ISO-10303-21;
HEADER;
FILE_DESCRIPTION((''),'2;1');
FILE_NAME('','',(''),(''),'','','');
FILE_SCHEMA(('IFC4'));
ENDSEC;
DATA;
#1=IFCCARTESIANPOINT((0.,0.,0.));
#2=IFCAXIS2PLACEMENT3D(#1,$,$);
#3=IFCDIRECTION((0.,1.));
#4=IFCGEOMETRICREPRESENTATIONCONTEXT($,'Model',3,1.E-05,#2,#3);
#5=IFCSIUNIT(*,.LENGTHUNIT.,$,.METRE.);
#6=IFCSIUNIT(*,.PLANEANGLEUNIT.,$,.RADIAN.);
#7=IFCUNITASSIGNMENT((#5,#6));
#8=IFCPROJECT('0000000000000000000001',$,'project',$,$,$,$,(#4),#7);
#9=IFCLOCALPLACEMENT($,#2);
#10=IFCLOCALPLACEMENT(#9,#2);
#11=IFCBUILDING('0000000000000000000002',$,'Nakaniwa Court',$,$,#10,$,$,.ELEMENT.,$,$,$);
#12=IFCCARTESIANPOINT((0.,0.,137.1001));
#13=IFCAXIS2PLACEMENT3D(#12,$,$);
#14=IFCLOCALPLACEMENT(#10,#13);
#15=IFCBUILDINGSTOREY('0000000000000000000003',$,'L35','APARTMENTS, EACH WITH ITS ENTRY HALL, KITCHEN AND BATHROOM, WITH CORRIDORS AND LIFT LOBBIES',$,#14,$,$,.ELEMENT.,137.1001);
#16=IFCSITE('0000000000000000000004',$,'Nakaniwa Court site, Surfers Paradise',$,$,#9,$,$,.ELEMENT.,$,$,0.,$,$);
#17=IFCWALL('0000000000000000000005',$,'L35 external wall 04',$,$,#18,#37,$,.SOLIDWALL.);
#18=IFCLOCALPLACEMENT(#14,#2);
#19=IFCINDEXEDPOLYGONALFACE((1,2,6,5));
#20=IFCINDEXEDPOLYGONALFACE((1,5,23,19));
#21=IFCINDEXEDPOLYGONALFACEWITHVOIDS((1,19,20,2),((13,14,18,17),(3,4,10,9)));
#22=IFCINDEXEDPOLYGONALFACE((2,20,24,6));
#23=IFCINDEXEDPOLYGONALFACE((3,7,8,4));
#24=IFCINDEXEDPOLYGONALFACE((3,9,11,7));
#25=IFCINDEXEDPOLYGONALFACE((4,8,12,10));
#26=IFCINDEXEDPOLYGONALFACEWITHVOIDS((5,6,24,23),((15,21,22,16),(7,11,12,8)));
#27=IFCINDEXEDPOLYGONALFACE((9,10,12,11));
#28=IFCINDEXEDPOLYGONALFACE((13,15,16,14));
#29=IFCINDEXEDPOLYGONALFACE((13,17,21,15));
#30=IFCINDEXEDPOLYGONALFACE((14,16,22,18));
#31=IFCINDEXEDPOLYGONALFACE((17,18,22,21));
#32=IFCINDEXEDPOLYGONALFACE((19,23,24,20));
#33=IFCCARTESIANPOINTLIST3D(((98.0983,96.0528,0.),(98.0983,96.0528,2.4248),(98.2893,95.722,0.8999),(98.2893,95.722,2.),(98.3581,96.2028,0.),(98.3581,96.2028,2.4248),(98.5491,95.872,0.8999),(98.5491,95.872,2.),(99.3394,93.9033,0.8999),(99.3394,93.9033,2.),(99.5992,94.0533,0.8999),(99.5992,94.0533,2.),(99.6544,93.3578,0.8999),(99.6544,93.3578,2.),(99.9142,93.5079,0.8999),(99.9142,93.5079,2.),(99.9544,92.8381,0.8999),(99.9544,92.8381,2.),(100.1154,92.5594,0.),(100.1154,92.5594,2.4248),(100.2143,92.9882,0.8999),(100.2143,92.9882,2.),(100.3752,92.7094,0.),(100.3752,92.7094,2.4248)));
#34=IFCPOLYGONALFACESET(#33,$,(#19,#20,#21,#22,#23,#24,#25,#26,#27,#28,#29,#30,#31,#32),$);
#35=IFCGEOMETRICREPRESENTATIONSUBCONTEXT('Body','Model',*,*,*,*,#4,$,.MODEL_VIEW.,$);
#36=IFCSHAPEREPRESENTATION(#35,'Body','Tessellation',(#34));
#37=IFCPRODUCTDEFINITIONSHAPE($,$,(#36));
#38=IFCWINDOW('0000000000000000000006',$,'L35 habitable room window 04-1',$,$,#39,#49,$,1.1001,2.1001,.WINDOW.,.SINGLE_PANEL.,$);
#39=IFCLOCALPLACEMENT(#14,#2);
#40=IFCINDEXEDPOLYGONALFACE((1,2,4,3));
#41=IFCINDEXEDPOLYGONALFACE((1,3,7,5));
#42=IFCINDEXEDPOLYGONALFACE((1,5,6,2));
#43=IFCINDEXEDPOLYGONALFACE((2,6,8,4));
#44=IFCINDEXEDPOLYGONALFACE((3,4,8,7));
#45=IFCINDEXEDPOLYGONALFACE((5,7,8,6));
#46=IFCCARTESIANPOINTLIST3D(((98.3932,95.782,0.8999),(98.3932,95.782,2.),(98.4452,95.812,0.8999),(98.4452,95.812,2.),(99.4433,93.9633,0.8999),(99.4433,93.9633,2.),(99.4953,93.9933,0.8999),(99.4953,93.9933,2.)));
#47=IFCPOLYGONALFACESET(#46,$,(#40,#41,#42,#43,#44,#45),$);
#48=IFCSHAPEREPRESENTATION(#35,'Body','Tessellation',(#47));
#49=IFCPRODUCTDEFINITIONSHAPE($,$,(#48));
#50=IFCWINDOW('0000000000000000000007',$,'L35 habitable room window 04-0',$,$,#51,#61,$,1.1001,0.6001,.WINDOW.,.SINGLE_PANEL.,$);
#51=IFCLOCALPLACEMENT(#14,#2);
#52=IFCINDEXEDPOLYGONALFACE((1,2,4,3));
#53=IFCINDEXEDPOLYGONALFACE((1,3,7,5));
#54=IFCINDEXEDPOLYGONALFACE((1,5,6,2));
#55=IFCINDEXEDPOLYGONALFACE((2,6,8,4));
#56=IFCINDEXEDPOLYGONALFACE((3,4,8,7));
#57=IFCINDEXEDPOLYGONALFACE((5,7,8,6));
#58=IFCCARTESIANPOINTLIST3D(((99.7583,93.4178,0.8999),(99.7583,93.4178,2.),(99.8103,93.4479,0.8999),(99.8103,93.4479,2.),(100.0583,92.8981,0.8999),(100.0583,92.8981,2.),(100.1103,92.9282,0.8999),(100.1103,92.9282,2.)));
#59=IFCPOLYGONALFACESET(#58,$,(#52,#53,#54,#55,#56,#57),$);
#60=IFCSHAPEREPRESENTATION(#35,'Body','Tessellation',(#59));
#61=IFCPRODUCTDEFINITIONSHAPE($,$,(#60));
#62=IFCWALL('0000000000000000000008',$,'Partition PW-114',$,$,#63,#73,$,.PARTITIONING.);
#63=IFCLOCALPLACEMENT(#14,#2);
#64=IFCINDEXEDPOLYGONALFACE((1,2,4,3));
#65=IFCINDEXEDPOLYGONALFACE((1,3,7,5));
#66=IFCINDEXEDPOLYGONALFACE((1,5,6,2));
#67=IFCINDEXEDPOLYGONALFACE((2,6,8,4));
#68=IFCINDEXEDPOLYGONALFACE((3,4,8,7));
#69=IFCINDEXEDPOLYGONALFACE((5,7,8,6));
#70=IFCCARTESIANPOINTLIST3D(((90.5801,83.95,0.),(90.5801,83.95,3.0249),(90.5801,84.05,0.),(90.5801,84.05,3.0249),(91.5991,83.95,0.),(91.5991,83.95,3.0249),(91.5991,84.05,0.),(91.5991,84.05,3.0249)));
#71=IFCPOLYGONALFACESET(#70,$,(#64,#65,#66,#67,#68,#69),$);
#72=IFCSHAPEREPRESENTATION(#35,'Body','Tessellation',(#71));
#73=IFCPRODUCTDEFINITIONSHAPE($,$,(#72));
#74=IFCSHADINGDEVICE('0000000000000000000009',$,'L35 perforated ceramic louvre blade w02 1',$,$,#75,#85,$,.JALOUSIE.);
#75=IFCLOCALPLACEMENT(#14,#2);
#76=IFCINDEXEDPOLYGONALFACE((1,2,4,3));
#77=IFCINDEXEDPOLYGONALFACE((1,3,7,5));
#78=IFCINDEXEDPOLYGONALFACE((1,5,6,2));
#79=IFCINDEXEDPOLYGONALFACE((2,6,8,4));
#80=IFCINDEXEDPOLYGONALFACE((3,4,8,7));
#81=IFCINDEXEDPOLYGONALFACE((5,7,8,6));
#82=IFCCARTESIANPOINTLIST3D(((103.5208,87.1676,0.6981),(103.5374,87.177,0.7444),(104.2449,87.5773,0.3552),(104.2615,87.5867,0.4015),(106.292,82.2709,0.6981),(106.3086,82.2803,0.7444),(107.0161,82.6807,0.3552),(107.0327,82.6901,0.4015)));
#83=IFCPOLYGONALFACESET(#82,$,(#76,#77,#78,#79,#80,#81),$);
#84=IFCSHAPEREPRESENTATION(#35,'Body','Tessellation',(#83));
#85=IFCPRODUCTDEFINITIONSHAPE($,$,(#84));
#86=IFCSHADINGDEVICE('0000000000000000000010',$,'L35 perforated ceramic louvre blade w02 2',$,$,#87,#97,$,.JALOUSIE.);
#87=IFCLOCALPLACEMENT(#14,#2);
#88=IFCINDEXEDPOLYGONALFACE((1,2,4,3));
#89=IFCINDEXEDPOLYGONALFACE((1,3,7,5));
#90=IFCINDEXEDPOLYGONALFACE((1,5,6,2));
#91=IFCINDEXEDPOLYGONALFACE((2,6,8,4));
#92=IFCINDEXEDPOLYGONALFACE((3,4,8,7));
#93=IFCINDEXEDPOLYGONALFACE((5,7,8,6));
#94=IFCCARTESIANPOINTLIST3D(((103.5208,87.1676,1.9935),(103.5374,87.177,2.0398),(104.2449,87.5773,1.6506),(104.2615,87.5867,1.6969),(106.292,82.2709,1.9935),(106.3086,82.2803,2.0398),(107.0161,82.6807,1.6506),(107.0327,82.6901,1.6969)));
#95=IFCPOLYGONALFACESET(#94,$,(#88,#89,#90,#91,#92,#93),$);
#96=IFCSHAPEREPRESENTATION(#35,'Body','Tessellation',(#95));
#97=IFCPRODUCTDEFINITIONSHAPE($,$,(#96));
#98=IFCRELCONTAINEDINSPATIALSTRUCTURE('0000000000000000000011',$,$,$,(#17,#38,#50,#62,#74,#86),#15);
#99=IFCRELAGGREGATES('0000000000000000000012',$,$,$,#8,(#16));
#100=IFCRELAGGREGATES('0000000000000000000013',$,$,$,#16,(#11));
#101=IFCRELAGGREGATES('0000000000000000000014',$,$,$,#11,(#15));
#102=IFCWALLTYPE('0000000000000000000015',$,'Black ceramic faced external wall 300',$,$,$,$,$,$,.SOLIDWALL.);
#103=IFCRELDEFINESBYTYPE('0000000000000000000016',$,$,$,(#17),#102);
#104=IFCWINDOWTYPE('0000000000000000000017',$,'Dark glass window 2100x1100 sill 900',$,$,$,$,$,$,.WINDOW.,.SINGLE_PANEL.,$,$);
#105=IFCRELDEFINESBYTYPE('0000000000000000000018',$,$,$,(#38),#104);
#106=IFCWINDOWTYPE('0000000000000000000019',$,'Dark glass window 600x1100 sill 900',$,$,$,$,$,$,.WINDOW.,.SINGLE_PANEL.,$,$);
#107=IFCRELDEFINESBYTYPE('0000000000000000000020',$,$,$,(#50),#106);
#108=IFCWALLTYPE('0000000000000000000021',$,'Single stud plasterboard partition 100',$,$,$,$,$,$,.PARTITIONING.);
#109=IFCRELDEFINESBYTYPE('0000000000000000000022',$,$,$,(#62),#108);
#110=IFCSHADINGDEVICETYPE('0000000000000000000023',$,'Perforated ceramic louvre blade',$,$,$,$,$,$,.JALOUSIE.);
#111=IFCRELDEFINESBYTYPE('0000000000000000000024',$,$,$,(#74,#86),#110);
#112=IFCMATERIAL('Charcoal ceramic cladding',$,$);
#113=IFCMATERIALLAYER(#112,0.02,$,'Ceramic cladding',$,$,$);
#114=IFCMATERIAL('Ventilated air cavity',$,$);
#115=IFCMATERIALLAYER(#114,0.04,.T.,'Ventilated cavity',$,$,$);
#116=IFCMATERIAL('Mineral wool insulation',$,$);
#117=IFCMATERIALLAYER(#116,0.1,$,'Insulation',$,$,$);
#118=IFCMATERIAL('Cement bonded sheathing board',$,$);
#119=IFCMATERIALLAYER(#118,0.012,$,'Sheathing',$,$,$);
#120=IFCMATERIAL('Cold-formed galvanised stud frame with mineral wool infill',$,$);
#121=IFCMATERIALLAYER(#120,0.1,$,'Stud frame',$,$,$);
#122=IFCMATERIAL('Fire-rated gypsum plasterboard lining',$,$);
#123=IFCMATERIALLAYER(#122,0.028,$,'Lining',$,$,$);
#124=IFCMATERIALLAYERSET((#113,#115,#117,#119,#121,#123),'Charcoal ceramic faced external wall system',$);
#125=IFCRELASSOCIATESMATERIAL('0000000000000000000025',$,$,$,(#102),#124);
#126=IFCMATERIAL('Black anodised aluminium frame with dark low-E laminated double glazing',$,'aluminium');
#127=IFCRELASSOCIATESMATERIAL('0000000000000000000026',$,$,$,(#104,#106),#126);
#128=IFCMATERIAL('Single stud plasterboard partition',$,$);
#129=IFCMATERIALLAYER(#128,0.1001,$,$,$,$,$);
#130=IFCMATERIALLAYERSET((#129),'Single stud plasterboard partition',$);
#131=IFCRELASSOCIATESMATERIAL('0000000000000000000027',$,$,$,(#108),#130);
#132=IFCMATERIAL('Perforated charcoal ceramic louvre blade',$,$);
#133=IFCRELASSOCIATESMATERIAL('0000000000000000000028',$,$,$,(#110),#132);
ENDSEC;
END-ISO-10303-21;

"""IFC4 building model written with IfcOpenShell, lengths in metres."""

from ifc_helpers import new_model, si_unit, direction, frame, frame_2d, origin, origin_2d, place, context, subcontext, project, spatial, rectangle, extrude, material, layer, layer_set, material_profile, profile_set, type_object, element, fill, save


model = new_model("IFC4")

# Units and contexts
model_context = context("Model", 3, precision=1e-05, world=origin(), true_north=direction((0.0, 1.0)))
body_context = subcontext(model_context, "Body", "Model", "MODEL_VIEW")
ifc_project = project(units=[si_unit("LENGTHUNIT", "METRE"), si_unit("PLANEANGLEUNIT", "RADIAN")], contexts=[model_context])

# Site, building, storey
site_placement = place(None, origin())
site = spatial("IfcSite", under=ifc_project, at=site_placement, Name="Nakaniwa Court site, Surfers Paradise", CompositionType="ELEMENT", RefElevation=0.0)
building_placement = place(site_placement, origin())
building = spatial("IfcBuilding", under=site, at=building_placement, Name="Nakaniwa Court", CompositionType="ELEMENT")
storey_placement = place(building_placement, frame((0.0, 0.0, 137.1001)))
storey = spatial("IfcBuildingStorey", under=building, at=storey_placement, Name="L35", Description="APARTMENTS, EACH WITH ITS ENTRY HALL, KITCHEN AND BATHROOM, WITH CORRIDORS AND LIFT LOBBIES", CompositionType="ELEMENT", Elevation=137.1001)

# Shared definitions
ifc_material_1 = material(Name="Charcoal ceramic cladding")
ifc_layer_1 = layer(ifc_material_1, 0.02, Name="Ceramic cladding")
ifc_material_2 = material(Name="Ventilated air cavity")
ifc_layer_2 = layer(ifc_material_2, 0.04, ventilated=True, Name="Ventilated cavity")
ifc_material_3 = material(Name="Mineral wool insulation")
ifc_layer_3 = layer(ifc_material_3, 0.1, Name="Insulation")
ifc_material_4 = material(Name="Cement bonded sheathing board")
ifc_layer_4 = layer(ifc_material_4, 0.012, Name="Sheathing")
ifc_material_5 = material(Name="Cold-formed galvanised stud frame with mineral wool infill")
ifc_layer_5 = layer(ifc_material_5, 0.1, Name="Stud frame")
ifc_material_6 = material(Name="Fire-rated gypsum plasterboard lining")
ifc_layer_6 = layer(ifc_material_6, 0.028, Name="Lining")
ifc_layer_set_1 = layer_set([ifc_layer_1, ifc_layer_2, ifc_layer_3, ifc_layer_4, ifc_layer_5, ifc_layer_6], Name="Charcoal ceramic faced external wall system")
wall_type_1 = type_object("IfcWallType", Name="Black ceramic faced external wall 300", PredefinedType="SOLIDWALL", material=ifc_layer_set_1)
ifc_material_7 = material(Name="Black anodised aluminium frame with dark low-E laminated double glazing", Category="aluminium")
window_type_1 = type_object("IfcWindowType", Name="Dark glass window 2100x1100 sill 900", PartitioningType="SINGLE_PANEL", PredefinedType="WINDOW", material=ifc_material_7)

# Wall, openings, windows
wall_1_placement = place(storey_placement, frame((100.2454, 92.6343, 0.0), z_axis=(0.0, 0.0, 1.0), x_axis=(-0.500032, 0.866007, 0.0)))
wall_1 = element("IfcWall", 1, at=wall_1_placement, inside=storey, type_object=wall_type_1, Name="L35 external wall 04", PredefinedType="SOLIDWALL", context=body_context, shape_type="SweptSolid", body=[
    extrude(rectangle(XDim=4.0339, YDim=0.3, at=frame_2d((2.0171, 0.0))), origin(), (0.0, 0.0, 1.0), 2.4248),
])
opening_1_placement = place(wall_1_placement, frame((0.322, 0.0, 0.8999)))
opening_1 = element("IfcOpeningElement", 2, at=opening_1_placement, cuts=wall_1, PredefinedType="OPENING", context=body_context, shape_type="SweptSolid", body=[
    extrude(rectangle(XDim=0.6001, YDim=1.1001, at=frame_2d((0.3, 0.55))), frame((0.0, 0.1599, 0.0), z_axis=(0.0, -1.0, 0.0), x_axis=(1.0, 0.0, 0.0)), (0.0, 0.0, 1.0), 0.3201),
])
opening_2_placement = place(wall_1_placement, frame((1.552, 0.0, 0.8999)))
opening_2 = element("IfcOpeningElement", 3, at=opening_2_placement, cuts=wall_1, PredefinedType="OPENING", context=body_context, shape_type="SweptSolid", body=[
    extrude(rectangle(XDim=2.1001, YDim=1.1001, at=frame_2d((1.05, 0.55))), frame((0.0, 0.1599, 0.0), z_axis=(0.0, -1.0, 0.0), x_axis=(1.0, 0.0, 0.0)), (0.0, 0.0, 1.0), 0.3201),
])
window_1_placement = place(opening_2_placement, origin())
window_1 = element("IfcWindow", 4, at=window_1_placement, inside=storey, type_object=window_type_1, Name="L35 habitable room window 04-1", OverallHeight=1.1001, OverallWidth=2.1001, PartitioningType="SINGLE_PANEL", PredefinedType="WINDOW", context=body_context, shape_type="SweptSolid", body=[
    extrude(rectangle(XDim=2.1001, YDim=1.1001, at=frame_2d((1.05, 0.55))), frame((0.0, 0.03, 0.0), z_axis=(0.0, -1.0, 0.0), x_axis=(1.0, 0.0, 0.0)), (0.0, 0.0, 1.0), 0.0601),
])
fill(opening_2, window_1)
window_type_2 = type_object("IfcWindowType", Name="Dark glass window 600x1100 sill 900", PartitioningType="SINGLE_PANEL", PredefinedType="WINDOW", material=ifc_material_7)
window_2_placement = place(opening_1_placement, origin())
window_2 = element("IfcWindow", 5, at=window_2_placement, inside=storey, type_object=window_type_2, Name="L35 habitable room window 04-0", OverallHeight=1.1001, OverallWidth=0.6001, PartitioningType="SINGLE_PANEL", PredefinedType="WINDOW", context=body_context, shape_type="SweptSolid", body=[
    extrude(rectangle(XDim=0.6001, YDim=1.1001, at=frame_2d((0.3, 0.55))), frame((0.0, 0.03, 0.0), z_axis=(0.0, -1.0, 0.0), x_axis=(1.0, 0.0, 0.0)), (0.0, 0.0, 1.0), 0.0601),
])
fill(opening_1, window_2)

# Wall
ifc_material_8 = material(Name="Single stud plasterboard partition")
ifc_layer_7 = layer(ifc_material_8, 0.1001)
ifc_layer_set_2 = layer_set([ifc_layer_7], Name="Single stud plasterboard partition")
wall_type_2 = type_object("IfcWallType", Name="Single stud plasterboard partition 100", PredefinedType="PARTITIONING", material=ifc_layer_set_2)
wall_2_placement = place(storey_placement, frame((90.5801, 84.0, 0.0), z_axis=(0.0, 0.0, 1.0), x_axis=(1.0, 0.0, 0.0)))
element("IfcWall", 6, at=wall_2_placement, inside=storey, type_object=wall_type_2, Name="Partition PW-114", PredefinedType="PARTITIONING", context=body_context, shape_type="SweptSolid", body=[
    extrude(rectangle(XDim=1.019, YDim=0.1001, at=frame_2d((0.5095, 0.0))), origin(), (0.0, 0.0, 1.0), 3.0249),
])

# Shading devices
ifc_material_9 = material(Name="Perforated charcoal ceramic louvre blade")
ifc_material_profile_1 = material_profile(ifc_material_9, rectangle(XDim=0.8999, YDim=0.05, at=origin_2d()), Name="Perforated ceramic louvre blade")
ifc_profile_set_1 = profile_set([ifc_material_profile_1], Name="Perforated charcoal ceramic louvre blade")
shading_device_type = type_object("IfcShadingDeviceType", Name="Perforated ceramic louvre blade", PredefinedType="JALOUSIE", material=ifc_profile_set_1)
for number, where, z_axis, x_axis, name in (
    (7, (106.6624, 82.4805, 0.5498), (-0.492532, 0.870294, 0.0), (-0.804627, -0.455368, 0.38107), "L35 perforated ceramic louvre blade w02 1"),
    (8, (106.6624, 82.4805, 1.8452), (-0.492532, 0.870294, 0.0), (-0.804627, -0.455368, 0.38107), "L35 perforated ceramic louvre blade w02 2"),
):
    element("IfcShadingDevice", number, at=place(storey_placement, frame(where, z_axis=z_axis, x_axis=x_axis)), inside=storey, type_object=shading_device_type, Name=name, PredefinedType="JALOUSIE", context=body_context, shape_type="SweptSolid", body=[
        extrude(rectangle(XDim=0.8999, YDim=0.05, at=origin_2d()), origin(), (0.0, 0.0, 1.0), 5.6265),
    ])

save(model, "model.ifc")
